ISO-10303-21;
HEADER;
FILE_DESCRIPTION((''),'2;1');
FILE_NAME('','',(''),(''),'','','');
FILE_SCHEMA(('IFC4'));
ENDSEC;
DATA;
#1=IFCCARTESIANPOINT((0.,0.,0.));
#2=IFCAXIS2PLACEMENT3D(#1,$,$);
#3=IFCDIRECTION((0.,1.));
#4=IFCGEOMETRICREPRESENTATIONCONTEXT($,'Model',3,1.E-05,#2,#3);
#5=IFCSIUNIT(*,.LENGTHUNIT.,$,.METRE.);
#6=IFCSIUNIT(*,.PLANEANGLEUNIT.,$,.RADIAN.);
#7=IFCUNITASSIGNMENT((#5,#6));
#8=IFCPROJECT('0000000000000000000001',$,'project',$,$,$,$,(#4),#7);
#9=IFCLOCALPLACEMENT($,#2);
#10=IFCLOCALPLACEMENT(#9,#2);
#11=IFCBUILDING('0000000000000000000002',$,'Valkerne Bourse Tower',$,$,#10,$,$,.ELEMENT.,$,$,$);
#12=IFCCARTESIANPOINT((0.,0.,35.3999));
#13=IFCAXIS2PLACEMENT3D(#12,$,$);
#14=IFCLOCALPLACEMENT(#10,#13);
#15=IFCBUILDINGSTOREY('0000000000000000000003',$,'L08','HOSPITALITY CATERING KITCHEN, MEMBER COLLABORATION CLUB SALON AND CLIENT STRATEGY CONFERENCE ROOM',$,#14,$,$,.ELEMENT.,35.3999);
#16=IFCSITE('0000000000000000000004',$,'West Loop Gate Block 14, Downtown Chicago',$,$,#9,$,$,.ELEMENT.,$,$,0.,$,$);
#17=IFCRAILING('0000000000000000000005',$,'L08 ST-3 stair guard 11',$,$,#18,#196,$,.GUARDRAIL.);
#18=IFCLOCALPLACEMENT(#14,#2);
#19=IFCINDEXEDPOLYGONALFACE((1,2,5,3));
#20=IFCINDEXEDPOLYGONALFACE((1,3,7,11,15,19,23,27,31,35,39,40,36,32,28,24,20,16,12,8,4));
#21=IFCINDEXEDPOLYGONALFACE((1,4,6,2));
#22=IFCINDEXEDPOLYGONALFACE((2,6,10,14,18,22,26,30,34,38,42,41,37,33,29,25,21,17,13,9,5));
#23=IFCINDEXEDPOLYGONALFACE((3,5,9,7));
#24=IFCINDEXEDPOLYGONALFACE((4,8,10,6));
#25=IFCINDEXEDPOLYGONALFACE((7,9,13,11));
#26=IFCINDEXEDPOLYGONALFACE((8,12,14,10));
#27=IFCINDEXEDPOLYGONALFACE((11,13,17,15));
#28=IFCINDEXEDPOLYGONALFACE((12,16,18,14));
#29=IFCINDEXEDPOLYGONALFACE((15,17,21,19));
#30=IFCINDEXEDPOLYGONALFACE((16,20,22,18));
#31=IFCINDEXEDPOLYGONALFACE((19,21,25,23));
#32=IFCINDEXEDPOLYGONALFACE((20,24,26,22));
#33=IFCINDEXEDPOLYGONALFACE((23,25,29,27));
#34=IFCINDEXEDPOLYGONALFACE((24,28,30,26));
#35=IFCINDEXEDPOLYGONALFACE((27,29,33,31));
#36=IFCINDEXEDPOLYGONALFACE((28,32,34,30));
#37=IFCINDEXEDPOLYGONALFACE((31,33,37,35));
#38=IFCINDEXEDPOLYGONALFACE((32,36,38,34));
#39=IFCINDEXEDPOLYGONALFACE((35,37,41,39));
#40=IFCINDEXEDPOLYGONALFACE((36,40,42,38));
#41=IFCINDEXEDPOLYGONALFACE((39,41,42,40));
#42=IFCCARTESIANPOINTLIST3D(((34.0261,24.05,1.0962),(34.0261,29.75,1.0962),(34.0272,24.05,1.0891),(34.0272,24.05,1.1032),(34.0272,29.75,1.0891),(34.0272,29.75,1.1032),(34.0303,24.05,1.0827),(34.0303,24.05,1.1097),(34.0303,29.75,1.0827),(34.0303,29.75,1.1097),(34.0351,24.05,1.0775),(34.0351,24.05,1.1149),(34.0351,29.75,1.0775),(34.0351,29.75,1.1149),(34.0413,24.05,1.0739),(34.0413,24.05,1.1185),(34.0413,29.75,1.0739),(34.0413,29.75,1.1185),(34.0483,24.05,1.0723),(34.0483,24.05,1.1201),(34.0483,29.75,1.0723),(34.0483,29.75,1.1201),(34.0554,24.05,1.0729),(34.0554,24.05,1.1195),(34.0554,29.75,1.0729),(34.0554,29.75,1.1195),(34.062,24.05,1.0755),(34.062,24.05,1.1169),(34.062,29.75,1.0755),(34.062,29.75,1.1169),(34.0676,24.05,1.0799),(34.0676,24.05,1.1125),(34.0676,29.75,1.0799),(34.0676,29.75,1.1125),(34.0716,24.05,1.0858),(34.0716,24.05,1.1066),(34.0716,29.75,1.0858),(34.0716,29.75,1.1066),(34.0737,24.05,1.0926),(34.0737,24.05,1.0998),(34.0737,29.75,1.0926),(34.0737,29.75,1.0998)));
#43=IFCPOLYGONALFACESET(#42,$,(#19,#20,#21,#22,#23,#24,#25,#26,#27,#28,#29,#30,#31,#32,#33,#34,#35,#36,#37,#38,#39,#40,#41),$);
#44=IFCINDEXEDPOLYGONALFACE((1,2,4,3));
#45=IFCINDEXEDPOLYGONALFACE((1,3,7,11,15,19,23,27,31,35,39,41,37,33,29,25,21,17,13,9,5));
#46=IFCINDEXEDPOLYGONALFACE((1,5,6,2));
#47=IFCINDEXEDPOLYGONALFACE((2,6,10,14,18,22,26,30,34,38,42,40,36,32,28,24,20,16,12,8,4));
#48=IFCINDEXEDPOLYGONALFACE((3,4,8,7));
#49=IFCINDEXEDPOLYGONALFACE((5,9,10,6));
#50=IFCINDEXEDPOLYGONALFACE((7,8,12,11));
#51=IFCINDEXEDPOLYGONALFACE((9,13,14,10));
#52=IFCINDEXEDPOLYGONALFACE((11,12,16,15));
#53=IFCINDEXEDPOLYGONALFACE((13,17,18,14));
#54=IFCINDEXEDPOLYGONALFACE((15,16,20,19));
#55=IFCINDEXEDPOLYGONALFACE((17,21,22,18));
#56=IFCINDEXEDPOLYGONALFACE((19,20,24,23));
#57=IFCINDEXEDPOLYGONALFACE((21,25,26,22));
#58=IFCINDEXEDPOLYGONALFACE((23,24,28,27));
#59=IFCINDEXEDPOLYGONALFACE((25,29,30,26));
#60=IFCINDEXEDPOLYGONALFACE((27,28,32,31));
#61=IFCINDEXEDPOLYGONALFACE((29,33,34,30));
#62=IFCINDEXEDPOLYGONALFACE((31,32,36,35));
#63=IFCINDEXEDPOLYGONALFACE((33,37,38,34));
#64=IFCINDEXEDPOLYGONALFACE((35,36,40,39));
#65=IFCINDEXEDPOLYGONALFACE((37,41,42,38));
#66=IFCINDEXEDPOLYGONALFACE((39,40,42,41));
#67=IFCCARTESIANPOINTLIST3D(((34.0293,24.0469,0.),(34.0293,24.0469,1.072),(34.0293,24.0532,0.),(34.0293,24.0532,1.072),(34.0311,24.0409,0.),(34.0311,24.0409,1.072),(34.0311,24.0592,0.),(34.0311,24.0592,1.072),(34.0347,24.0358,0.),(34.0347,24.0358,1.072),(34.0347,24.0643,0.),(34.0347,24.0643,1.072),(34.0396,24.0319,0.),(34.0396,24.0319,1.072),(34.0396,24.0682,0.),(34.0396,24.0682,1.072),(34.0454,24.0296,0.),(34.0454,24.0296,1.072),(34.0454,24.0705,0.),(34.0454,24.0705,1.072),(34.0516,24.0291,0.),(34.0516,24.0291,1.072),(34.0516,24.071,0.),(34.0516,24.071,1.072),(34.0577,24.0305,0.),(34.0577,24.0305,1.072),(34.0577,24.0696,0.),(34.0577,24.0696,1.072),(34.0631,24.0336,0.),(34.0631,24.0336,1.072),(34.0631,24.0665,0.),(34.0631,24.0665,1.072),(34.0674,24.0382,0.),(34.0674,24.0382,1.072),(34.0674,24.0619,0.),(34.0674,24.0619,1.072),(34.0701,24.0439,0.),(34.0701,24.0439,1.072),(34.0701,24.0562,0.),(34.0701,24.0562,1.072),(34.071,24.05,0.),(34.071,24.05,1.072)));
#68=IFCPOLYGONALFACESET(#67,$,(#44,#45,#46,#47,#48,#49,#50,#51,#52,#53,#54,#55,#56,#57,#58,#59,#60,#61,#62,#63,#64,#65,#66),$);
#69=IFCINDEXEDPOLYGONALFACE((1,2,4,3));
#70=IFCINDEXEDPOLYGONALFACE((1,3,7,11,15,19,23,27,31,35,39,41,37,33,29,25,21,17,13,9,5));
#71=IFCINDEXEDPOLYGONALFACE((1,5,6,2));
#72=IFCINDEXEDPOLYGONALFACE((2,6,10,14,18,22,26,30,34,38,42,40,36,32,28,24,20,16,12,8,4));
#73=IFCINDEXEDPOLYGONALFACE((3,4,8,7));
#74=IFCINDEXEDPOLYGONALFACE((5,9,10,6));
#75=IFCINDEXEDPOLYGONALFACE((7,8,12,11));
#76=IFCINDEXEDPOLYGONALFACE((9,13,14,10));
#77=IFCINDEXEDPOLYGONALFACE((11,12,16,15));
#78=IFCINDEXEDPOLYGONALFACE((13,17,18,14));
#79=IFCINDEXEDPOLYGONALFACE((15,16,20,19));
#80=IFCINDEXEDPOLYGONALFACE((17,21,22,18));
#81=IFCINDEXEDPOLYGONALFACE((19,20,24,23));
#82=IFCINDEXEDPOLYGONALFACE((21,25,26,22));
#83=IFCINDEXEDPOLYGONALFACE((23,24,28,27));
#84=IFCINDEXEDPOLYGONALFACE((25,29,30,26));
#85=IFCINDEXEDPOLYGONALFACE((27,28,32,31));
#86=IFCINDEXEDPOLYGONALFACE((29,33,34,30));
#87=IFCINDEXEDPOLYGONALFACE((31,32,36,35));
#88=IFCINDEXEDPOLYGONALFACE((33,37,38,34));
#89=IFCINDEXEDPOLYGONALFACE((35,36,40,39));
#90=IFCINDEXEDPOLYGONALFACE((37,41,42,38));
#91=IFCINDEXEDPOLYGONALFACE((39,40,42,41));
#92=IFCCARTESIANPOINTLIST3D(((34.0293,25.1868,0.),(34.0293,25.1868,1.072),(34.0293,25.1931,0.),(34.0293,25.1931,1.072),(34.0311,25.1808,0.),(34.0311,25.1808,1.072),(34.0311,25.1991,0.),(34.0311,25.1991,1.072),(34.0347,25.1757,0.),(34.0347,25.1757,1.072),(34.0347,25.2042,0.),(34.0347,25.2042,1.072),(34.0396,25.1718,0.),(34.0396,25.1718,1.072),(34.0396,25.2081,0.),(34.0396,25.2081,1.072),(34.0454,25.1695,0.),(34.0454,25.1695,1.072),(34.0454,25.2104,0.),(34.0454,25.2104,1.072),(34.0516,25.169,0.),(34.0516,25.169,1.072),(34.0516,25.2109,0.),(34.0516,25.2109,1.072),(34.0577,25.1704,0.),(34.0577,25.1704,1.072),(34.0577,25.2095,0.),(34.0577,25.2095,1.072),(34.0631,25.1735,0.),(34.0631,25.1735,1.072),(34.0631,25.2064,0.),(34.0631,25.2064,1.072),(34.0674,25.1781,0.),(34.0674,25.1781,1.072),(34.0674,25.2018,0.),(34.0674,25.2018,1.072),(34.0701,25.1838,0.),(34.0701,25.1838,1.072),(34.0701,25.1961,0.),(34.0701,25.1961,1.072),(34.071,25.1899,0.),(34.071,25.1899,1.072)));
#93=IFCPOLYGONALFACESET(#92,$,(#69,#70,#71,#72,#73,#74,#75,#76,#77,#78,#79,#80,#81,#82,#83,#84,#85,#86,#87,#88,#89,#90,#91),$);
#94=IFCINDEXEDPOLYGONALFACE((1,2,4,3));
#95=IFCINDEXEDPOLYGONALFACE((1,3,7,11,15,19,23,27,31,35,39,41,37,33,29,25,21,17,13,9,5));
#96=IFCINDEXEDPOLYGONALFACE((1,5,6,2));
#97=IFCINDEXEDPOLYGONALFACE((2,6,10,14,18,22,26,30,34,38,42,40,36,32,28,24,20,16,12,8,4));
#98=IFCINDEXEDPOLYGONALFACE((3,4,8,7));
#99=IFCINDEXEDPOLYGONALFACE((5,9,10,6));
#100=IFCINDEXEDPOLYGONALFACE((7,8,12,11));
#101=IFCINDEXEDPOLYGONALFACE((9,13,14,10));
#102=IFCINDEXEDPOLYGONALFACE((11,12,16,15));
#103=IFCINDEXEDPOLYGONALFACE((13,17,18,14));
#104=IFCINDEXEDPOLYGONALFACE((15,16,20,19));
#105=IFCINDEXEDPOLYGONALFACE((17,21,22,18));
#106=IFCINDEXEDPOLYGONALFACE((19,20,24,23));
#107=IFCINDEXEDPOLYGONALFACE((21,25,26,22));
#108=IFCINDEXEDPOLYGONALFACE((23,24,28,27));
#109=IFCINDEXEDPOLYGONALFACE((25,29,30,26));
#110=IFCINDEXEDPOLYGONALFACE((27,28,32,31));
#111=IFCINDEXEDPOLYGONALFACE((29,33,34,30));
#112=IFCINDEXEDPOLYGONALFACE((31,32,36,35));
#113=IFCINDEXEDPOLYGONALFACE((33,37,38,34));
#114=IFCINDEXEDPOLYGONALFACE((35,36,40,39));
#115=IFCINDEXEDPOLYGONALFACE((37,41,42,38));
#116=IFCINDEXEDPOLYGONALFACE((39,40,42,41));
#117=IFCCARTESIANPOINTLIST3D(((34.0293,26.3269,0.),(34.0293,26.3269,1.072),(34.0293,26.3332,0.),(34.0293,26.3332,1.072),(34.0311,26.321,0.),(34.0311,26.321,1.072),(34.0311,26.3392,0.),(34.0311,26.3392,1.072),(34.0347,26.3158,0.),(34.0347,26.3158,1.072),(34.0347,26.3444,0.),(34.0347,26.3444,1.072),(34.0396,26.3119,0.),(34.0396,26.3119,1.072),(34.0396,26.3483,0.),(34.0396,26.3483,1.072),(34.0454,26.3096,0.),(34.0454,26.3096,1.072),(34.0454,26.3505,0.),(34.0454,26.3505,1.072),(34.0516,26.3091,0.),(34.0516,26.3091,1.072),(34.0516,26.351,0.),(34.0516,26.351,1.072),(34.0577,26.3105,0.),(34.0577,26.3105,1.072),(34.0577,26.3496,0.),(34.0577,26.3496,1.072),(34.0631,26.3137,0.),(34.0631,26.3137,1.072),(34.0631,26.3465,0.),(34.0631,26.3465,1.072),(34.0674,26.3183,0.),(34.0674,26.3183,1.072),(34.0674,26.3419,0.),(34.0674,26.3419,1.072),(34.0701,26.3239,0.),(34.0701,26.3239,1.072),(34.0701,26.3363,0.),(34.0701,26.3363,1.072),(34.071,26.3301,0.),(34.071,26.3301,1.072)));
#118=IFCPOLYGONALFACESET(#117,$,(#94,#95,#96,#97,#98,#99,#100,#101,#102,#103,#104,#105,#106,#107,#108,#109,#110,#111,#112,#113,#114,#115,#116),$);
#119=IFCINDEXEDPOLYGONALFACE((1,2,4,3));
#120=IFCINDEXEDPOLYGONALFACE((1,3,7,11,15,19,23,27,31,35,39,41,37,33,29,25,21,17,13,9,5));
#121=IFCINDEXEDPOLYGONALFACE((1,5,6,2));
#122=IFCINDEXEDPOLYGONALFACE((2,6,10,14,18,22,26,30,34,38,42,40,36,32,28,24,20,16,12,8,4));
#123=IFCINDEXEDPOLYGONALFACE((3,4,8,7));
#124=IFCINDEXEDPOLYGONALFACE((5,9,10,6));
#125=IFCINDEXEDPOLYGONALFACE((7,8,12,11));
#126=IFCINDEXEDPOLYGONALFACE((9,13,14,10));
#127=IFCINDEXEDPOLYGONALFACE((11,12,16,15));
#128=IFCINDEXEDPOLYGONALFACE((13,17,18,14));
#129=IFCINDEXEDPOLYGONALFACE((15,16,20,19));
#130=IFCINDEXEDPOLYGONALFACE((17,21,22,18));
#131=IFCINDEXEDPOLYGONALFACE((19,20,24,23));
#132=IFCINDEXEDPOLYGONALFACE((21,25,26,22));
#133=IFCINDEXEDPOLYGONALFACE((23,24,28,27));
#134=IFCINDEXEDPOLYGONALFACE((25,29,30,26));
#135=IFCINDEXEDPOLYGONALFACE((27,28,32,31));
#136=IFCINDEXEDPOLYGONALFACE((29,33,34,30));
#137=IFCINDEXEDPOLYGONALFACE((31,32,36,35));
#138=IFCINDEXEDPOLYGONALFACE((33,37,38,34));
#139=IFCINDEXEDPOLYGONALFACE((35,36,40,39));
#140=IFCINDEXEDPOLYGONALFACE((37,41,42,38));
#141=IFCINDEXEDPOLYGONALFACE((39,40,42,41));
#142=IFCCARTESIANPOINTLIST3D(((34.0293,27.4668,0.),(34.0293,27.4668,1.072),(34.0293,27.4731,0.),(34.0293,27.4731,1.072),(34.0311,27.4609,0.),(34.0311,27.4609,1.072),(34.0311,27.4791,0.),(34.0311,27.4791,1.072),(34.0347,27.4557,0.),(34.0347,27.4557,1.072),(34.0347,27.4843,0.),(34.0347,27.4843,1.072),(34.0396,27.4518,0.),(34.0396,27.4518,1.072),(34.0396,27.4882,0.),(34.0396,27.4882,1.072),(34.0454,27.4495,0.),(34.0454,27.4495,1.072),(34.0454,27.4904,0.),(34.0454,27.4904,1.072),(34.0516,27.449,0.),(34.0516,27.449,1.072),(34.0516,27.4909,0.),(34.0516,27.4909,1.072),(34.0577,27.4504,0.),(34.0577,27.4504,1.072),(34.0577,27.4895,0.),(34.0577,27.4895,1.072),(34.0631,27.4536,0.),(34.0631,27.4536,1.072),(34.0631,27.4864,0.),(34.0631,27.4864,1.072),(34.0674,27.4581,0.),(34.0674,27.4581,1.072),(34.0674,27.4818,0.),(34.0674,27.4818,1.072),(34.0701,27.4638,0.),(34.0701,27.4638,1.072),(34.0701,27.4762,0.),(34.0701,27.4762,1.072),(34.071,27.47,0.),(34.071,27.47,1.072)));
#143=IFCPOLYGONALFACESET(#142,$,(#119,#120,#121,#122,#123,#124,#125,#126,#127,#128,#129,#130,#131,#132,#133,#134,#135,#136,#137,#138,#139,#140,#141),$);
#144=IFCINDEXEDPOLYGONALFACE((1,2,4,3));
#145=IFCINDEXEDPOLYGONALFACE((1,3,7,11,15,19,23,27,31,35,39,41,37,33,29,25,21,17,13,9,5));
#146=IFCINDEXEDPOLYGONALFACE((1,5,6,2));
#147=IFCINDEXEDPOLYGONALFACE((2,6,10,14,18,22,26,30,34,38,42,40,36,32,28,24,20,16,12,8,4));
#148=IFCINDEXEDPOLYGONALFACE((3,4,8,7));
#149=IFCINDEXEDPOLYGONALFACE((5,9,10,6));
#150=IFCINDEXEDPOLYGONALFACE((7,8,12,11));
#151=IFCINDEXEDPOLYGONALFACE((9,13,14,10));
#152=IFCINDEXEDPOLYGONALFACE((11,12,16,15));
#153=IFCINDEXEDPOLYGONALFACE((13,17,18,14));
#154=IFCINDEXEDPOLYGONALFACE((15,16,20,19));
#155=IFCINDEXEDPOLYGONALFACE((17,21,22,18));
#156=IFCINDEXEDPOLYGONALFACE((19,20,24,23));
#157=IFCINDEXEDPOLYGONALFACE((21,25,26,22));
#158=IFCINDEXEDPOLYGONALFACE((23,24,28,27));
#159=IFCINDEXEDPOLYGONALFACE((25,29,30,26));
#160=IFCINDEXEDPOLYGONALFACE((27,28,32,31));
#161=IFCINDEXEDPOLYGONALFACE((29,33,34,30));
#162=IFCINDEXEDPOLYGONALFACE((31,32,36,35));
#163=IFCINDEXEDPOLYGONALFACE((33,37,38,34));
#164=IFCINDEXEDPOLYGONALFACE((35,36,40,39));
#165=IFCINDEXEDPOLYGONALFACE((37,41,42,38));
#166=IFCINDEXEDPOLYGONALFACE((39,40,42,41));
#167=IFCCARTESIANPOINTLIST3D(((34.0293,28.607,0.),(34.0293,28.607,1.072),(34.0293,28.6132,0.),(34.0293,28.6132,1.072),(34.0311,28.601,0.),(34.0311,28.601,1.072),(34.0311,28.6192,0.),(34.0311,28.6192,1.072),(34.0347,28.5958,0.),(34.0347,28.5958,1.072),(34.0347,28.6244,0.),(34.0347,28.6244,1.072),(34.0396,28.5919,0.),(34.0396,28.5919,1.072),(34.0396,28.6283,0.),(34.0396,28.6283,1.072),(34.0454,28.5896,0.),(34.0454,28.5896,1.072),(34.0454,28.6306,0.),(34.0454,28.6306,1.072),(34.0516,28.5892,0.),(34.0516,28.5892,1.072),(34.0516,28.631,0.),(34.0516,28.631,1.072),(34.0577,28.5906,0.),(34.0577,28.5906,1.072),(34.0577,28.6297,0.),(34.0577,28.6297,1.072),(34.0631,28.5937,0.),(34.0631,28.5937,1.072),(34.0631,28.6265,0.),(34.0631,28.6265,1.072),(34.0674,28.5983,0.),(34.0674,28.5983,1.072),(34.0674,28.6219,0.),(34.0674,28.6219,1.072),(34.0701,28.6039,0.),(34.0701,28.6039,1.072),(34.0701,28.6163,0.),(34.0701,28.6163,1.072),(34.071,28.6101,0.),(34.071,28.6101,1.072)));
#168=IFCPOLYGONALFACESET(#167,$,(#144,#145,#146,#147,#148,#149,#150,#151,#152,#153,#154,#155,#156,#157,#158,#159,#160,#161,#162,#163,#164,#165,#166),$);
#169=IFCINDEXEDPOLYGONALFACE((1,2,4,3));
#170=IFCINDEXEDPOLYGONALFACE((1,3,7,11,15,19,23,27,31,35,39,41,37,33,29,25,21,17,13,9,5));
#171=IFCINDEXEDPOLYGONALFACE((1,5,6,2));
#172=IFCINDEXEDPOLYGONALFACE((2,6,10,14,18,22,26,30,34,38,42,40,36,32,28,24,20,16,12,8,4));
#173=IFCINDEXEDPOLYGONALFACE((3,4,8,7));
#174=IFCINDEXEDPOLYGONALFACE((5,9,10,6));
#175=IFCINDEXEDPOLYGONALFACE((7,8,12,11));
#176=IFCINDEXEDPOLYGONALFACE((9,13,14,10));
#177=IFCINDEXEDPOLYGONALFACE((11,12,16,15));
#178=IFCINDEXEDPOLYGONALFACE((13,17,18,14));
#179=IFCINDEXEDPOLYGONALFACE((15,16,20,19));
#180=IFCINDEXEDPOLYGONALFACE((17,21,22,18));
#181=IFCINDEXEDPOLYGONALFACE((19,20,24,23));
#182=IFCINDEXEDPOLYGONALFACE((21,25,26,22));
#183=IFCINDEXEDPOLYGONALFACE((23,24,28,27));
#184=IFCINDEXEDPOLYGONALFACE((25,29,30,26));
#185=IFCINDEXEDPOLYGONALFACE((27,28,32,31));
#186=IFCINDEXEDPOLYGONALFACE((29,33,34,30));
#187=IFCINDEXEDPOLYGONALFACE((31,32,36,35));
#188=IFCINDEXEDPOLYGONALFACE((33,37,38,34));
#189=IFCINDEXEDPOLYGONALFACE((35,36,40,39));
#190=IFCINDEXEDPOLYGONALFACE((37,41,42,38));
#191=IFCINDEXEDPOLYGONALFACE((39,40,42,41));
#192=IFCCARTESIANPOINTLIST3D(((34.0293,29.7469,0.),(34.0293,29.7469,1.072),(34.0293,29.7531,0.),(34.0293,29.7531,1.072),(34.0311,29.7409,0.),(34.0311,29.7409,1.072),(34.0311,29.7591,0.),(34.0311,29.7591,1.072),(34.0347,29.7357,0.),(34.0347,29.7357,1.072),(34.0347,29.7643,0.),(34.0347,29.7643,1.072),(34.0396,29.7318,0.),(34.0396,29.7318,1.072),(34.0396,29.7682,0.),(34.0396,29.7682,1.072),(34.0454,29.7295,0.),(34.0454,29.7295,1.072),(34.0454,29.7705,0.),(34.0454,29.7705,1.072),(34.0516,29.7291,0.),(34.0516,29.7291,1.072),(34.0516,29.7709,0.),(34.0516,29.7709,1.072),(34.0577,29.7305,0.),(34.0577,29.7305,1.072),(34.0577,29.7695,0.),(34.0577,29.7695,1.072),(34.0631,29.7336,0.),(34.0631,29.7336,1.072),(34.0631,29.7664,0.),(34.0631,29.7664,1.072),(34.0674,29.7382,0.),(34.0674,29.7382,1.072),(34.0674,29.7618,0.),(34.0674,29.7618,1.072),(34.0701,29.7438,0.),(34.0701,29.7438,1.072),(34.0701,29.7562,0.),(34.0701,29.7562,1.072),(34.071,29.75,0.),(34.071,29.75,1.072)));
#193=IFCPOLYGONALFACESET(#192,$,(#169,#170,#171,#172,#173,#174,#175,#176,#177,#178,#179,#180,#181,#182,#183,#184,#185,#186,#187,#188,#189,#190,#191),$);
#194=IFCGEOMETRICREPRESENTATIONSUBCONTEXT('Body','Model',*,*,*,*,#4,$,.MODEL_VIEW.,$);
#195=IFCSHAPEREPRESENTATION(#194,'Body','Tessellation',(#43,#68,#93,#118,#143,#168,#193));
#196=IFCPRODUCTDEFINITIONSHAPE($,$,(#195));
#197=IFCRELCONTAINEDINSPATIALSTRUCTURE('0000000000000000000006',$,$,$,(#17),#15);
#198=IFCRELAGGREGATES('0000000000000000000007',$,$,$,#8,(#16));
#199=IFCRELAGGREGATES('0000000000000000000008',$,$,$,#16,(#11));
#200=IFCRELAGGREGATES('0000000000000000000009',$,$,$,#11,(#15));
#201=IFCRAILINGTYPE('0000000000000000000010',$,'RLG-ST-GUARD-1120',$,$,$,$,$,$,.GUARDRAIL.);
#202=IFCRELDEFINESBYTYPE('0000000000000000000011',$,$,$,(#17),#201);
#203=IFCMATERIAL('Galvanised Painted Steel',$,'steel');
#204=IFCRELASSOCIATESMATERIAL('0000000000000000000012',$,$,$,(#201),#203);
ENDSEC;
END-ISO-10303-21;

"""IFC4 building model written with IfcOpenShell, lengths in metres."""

from ifc_helpers import new_model, si_unit, direction, frame, origin, origin_2d, place, context, subcontext, project, spatial, circle, extrude, material, type_object, element, save


model = new_model("IFC4")

# Units and contexts
model_context = context("Model", 3, precision=1e-05, world=origin(), true_north=direction((0.0, 1.0)))
body_context = subcontext(model_context, "Body", "Model", "MODEL_VIEW")
ifc_project = project(units=[si_unit("LENGTHUNIT", "METRE"), si_unit("PLANEANGLEUNIT", "RADIAN")], contexts=[model_context])

# Site, building, storey
site_placement = place(None, origin())
site = spatial("IfcSite", under=ifc_project, at=site_placement, Name="West Loop Gate Block 14, Downtown Chicago", CompositionType="ELEMENT", RefElevation=0.0)
building_placement = place(site_placement, origin())
building = spatial("IfcBuilding", under=site, at=building_placement, Name="Valkerne Bourse Tower", CompositionType="ELEMENT")
storey_placement = place(building_placement, frame((0.0, 0.0, 35.3999)))
storey = spatial("IfcBuildingStorey", under=building, at=storey_placement, Name="L08", Description="HOSPITALITY CATERING KITCHEN, MEMBER COLLABORATION CLUB SALON AND CLIENT STRATEGY CONFERENCE ROOM", CompositionType="ELEMENT", Elevation=35.3999)

# Shared definitions
ifc_material_1 = material(Name="Galvanised Painted Steel", Category="steel")

# Railing
railing_type = type_object("IfcRailingType", Name="RLG-ST-GUARD-1120", PredefinedType="GUARDRAIL", material=ifc_material_1)
railing_1_placement = place(storey_placement, frame((34.05, 24.05, 0.0)))
element("IfcRailing", 1, at=railing_1_placement, inside=storey, type_object=railing_type, Name="L08 ST-3 stair guard 11", PredefinedType="GUARDRAIL", context=body_context, shape_type="SweptSolid", body=[
    extrude(circle(Radius=0.0239, at=origin_2d()), frame((0.0, 0.0, 1.0962), z_axis=(0.0, 1.0, 0.0), x_axis=(-1.0, 0.0, 0.0)), (0.0, 0.0, 1.0), 5.7),
    extrude(circle(Radius=0.021, at=origin_2d()), origin(), (0.0, 0.0, 1.0), 1.072),
    extrude(circle(Radius=0.021, at=origin_2d()), frame((0.0, 1.1399, 0.0)), (0.0, 0.0, 1.0), 1.072),
    extrude(circle(Radius=0.021, at=origin_2d()), frame((0.0, 2.28, 0.0)), (0.0, 0.0, 1.0), 1.072),
    extrude(circle(Radius=0.021, at=origin_2d()), frame((0.0, 3.4199, 0.0)), (0.0, 0.0, 1.0), 1.072),
    extrude(circle(Radius=0.021, at=origin_2d()), frame((0.0, 4.5601, 0.0)), (0.0, 0.0, 1.0), 1.072),
    extrude(circle(Radius=0.021, at=origin_2d()), frame((0.0, 5.7, 0.0)), (0.0, 0.0, 1.0), 1.072),
])

save(model, "model.ifc")
